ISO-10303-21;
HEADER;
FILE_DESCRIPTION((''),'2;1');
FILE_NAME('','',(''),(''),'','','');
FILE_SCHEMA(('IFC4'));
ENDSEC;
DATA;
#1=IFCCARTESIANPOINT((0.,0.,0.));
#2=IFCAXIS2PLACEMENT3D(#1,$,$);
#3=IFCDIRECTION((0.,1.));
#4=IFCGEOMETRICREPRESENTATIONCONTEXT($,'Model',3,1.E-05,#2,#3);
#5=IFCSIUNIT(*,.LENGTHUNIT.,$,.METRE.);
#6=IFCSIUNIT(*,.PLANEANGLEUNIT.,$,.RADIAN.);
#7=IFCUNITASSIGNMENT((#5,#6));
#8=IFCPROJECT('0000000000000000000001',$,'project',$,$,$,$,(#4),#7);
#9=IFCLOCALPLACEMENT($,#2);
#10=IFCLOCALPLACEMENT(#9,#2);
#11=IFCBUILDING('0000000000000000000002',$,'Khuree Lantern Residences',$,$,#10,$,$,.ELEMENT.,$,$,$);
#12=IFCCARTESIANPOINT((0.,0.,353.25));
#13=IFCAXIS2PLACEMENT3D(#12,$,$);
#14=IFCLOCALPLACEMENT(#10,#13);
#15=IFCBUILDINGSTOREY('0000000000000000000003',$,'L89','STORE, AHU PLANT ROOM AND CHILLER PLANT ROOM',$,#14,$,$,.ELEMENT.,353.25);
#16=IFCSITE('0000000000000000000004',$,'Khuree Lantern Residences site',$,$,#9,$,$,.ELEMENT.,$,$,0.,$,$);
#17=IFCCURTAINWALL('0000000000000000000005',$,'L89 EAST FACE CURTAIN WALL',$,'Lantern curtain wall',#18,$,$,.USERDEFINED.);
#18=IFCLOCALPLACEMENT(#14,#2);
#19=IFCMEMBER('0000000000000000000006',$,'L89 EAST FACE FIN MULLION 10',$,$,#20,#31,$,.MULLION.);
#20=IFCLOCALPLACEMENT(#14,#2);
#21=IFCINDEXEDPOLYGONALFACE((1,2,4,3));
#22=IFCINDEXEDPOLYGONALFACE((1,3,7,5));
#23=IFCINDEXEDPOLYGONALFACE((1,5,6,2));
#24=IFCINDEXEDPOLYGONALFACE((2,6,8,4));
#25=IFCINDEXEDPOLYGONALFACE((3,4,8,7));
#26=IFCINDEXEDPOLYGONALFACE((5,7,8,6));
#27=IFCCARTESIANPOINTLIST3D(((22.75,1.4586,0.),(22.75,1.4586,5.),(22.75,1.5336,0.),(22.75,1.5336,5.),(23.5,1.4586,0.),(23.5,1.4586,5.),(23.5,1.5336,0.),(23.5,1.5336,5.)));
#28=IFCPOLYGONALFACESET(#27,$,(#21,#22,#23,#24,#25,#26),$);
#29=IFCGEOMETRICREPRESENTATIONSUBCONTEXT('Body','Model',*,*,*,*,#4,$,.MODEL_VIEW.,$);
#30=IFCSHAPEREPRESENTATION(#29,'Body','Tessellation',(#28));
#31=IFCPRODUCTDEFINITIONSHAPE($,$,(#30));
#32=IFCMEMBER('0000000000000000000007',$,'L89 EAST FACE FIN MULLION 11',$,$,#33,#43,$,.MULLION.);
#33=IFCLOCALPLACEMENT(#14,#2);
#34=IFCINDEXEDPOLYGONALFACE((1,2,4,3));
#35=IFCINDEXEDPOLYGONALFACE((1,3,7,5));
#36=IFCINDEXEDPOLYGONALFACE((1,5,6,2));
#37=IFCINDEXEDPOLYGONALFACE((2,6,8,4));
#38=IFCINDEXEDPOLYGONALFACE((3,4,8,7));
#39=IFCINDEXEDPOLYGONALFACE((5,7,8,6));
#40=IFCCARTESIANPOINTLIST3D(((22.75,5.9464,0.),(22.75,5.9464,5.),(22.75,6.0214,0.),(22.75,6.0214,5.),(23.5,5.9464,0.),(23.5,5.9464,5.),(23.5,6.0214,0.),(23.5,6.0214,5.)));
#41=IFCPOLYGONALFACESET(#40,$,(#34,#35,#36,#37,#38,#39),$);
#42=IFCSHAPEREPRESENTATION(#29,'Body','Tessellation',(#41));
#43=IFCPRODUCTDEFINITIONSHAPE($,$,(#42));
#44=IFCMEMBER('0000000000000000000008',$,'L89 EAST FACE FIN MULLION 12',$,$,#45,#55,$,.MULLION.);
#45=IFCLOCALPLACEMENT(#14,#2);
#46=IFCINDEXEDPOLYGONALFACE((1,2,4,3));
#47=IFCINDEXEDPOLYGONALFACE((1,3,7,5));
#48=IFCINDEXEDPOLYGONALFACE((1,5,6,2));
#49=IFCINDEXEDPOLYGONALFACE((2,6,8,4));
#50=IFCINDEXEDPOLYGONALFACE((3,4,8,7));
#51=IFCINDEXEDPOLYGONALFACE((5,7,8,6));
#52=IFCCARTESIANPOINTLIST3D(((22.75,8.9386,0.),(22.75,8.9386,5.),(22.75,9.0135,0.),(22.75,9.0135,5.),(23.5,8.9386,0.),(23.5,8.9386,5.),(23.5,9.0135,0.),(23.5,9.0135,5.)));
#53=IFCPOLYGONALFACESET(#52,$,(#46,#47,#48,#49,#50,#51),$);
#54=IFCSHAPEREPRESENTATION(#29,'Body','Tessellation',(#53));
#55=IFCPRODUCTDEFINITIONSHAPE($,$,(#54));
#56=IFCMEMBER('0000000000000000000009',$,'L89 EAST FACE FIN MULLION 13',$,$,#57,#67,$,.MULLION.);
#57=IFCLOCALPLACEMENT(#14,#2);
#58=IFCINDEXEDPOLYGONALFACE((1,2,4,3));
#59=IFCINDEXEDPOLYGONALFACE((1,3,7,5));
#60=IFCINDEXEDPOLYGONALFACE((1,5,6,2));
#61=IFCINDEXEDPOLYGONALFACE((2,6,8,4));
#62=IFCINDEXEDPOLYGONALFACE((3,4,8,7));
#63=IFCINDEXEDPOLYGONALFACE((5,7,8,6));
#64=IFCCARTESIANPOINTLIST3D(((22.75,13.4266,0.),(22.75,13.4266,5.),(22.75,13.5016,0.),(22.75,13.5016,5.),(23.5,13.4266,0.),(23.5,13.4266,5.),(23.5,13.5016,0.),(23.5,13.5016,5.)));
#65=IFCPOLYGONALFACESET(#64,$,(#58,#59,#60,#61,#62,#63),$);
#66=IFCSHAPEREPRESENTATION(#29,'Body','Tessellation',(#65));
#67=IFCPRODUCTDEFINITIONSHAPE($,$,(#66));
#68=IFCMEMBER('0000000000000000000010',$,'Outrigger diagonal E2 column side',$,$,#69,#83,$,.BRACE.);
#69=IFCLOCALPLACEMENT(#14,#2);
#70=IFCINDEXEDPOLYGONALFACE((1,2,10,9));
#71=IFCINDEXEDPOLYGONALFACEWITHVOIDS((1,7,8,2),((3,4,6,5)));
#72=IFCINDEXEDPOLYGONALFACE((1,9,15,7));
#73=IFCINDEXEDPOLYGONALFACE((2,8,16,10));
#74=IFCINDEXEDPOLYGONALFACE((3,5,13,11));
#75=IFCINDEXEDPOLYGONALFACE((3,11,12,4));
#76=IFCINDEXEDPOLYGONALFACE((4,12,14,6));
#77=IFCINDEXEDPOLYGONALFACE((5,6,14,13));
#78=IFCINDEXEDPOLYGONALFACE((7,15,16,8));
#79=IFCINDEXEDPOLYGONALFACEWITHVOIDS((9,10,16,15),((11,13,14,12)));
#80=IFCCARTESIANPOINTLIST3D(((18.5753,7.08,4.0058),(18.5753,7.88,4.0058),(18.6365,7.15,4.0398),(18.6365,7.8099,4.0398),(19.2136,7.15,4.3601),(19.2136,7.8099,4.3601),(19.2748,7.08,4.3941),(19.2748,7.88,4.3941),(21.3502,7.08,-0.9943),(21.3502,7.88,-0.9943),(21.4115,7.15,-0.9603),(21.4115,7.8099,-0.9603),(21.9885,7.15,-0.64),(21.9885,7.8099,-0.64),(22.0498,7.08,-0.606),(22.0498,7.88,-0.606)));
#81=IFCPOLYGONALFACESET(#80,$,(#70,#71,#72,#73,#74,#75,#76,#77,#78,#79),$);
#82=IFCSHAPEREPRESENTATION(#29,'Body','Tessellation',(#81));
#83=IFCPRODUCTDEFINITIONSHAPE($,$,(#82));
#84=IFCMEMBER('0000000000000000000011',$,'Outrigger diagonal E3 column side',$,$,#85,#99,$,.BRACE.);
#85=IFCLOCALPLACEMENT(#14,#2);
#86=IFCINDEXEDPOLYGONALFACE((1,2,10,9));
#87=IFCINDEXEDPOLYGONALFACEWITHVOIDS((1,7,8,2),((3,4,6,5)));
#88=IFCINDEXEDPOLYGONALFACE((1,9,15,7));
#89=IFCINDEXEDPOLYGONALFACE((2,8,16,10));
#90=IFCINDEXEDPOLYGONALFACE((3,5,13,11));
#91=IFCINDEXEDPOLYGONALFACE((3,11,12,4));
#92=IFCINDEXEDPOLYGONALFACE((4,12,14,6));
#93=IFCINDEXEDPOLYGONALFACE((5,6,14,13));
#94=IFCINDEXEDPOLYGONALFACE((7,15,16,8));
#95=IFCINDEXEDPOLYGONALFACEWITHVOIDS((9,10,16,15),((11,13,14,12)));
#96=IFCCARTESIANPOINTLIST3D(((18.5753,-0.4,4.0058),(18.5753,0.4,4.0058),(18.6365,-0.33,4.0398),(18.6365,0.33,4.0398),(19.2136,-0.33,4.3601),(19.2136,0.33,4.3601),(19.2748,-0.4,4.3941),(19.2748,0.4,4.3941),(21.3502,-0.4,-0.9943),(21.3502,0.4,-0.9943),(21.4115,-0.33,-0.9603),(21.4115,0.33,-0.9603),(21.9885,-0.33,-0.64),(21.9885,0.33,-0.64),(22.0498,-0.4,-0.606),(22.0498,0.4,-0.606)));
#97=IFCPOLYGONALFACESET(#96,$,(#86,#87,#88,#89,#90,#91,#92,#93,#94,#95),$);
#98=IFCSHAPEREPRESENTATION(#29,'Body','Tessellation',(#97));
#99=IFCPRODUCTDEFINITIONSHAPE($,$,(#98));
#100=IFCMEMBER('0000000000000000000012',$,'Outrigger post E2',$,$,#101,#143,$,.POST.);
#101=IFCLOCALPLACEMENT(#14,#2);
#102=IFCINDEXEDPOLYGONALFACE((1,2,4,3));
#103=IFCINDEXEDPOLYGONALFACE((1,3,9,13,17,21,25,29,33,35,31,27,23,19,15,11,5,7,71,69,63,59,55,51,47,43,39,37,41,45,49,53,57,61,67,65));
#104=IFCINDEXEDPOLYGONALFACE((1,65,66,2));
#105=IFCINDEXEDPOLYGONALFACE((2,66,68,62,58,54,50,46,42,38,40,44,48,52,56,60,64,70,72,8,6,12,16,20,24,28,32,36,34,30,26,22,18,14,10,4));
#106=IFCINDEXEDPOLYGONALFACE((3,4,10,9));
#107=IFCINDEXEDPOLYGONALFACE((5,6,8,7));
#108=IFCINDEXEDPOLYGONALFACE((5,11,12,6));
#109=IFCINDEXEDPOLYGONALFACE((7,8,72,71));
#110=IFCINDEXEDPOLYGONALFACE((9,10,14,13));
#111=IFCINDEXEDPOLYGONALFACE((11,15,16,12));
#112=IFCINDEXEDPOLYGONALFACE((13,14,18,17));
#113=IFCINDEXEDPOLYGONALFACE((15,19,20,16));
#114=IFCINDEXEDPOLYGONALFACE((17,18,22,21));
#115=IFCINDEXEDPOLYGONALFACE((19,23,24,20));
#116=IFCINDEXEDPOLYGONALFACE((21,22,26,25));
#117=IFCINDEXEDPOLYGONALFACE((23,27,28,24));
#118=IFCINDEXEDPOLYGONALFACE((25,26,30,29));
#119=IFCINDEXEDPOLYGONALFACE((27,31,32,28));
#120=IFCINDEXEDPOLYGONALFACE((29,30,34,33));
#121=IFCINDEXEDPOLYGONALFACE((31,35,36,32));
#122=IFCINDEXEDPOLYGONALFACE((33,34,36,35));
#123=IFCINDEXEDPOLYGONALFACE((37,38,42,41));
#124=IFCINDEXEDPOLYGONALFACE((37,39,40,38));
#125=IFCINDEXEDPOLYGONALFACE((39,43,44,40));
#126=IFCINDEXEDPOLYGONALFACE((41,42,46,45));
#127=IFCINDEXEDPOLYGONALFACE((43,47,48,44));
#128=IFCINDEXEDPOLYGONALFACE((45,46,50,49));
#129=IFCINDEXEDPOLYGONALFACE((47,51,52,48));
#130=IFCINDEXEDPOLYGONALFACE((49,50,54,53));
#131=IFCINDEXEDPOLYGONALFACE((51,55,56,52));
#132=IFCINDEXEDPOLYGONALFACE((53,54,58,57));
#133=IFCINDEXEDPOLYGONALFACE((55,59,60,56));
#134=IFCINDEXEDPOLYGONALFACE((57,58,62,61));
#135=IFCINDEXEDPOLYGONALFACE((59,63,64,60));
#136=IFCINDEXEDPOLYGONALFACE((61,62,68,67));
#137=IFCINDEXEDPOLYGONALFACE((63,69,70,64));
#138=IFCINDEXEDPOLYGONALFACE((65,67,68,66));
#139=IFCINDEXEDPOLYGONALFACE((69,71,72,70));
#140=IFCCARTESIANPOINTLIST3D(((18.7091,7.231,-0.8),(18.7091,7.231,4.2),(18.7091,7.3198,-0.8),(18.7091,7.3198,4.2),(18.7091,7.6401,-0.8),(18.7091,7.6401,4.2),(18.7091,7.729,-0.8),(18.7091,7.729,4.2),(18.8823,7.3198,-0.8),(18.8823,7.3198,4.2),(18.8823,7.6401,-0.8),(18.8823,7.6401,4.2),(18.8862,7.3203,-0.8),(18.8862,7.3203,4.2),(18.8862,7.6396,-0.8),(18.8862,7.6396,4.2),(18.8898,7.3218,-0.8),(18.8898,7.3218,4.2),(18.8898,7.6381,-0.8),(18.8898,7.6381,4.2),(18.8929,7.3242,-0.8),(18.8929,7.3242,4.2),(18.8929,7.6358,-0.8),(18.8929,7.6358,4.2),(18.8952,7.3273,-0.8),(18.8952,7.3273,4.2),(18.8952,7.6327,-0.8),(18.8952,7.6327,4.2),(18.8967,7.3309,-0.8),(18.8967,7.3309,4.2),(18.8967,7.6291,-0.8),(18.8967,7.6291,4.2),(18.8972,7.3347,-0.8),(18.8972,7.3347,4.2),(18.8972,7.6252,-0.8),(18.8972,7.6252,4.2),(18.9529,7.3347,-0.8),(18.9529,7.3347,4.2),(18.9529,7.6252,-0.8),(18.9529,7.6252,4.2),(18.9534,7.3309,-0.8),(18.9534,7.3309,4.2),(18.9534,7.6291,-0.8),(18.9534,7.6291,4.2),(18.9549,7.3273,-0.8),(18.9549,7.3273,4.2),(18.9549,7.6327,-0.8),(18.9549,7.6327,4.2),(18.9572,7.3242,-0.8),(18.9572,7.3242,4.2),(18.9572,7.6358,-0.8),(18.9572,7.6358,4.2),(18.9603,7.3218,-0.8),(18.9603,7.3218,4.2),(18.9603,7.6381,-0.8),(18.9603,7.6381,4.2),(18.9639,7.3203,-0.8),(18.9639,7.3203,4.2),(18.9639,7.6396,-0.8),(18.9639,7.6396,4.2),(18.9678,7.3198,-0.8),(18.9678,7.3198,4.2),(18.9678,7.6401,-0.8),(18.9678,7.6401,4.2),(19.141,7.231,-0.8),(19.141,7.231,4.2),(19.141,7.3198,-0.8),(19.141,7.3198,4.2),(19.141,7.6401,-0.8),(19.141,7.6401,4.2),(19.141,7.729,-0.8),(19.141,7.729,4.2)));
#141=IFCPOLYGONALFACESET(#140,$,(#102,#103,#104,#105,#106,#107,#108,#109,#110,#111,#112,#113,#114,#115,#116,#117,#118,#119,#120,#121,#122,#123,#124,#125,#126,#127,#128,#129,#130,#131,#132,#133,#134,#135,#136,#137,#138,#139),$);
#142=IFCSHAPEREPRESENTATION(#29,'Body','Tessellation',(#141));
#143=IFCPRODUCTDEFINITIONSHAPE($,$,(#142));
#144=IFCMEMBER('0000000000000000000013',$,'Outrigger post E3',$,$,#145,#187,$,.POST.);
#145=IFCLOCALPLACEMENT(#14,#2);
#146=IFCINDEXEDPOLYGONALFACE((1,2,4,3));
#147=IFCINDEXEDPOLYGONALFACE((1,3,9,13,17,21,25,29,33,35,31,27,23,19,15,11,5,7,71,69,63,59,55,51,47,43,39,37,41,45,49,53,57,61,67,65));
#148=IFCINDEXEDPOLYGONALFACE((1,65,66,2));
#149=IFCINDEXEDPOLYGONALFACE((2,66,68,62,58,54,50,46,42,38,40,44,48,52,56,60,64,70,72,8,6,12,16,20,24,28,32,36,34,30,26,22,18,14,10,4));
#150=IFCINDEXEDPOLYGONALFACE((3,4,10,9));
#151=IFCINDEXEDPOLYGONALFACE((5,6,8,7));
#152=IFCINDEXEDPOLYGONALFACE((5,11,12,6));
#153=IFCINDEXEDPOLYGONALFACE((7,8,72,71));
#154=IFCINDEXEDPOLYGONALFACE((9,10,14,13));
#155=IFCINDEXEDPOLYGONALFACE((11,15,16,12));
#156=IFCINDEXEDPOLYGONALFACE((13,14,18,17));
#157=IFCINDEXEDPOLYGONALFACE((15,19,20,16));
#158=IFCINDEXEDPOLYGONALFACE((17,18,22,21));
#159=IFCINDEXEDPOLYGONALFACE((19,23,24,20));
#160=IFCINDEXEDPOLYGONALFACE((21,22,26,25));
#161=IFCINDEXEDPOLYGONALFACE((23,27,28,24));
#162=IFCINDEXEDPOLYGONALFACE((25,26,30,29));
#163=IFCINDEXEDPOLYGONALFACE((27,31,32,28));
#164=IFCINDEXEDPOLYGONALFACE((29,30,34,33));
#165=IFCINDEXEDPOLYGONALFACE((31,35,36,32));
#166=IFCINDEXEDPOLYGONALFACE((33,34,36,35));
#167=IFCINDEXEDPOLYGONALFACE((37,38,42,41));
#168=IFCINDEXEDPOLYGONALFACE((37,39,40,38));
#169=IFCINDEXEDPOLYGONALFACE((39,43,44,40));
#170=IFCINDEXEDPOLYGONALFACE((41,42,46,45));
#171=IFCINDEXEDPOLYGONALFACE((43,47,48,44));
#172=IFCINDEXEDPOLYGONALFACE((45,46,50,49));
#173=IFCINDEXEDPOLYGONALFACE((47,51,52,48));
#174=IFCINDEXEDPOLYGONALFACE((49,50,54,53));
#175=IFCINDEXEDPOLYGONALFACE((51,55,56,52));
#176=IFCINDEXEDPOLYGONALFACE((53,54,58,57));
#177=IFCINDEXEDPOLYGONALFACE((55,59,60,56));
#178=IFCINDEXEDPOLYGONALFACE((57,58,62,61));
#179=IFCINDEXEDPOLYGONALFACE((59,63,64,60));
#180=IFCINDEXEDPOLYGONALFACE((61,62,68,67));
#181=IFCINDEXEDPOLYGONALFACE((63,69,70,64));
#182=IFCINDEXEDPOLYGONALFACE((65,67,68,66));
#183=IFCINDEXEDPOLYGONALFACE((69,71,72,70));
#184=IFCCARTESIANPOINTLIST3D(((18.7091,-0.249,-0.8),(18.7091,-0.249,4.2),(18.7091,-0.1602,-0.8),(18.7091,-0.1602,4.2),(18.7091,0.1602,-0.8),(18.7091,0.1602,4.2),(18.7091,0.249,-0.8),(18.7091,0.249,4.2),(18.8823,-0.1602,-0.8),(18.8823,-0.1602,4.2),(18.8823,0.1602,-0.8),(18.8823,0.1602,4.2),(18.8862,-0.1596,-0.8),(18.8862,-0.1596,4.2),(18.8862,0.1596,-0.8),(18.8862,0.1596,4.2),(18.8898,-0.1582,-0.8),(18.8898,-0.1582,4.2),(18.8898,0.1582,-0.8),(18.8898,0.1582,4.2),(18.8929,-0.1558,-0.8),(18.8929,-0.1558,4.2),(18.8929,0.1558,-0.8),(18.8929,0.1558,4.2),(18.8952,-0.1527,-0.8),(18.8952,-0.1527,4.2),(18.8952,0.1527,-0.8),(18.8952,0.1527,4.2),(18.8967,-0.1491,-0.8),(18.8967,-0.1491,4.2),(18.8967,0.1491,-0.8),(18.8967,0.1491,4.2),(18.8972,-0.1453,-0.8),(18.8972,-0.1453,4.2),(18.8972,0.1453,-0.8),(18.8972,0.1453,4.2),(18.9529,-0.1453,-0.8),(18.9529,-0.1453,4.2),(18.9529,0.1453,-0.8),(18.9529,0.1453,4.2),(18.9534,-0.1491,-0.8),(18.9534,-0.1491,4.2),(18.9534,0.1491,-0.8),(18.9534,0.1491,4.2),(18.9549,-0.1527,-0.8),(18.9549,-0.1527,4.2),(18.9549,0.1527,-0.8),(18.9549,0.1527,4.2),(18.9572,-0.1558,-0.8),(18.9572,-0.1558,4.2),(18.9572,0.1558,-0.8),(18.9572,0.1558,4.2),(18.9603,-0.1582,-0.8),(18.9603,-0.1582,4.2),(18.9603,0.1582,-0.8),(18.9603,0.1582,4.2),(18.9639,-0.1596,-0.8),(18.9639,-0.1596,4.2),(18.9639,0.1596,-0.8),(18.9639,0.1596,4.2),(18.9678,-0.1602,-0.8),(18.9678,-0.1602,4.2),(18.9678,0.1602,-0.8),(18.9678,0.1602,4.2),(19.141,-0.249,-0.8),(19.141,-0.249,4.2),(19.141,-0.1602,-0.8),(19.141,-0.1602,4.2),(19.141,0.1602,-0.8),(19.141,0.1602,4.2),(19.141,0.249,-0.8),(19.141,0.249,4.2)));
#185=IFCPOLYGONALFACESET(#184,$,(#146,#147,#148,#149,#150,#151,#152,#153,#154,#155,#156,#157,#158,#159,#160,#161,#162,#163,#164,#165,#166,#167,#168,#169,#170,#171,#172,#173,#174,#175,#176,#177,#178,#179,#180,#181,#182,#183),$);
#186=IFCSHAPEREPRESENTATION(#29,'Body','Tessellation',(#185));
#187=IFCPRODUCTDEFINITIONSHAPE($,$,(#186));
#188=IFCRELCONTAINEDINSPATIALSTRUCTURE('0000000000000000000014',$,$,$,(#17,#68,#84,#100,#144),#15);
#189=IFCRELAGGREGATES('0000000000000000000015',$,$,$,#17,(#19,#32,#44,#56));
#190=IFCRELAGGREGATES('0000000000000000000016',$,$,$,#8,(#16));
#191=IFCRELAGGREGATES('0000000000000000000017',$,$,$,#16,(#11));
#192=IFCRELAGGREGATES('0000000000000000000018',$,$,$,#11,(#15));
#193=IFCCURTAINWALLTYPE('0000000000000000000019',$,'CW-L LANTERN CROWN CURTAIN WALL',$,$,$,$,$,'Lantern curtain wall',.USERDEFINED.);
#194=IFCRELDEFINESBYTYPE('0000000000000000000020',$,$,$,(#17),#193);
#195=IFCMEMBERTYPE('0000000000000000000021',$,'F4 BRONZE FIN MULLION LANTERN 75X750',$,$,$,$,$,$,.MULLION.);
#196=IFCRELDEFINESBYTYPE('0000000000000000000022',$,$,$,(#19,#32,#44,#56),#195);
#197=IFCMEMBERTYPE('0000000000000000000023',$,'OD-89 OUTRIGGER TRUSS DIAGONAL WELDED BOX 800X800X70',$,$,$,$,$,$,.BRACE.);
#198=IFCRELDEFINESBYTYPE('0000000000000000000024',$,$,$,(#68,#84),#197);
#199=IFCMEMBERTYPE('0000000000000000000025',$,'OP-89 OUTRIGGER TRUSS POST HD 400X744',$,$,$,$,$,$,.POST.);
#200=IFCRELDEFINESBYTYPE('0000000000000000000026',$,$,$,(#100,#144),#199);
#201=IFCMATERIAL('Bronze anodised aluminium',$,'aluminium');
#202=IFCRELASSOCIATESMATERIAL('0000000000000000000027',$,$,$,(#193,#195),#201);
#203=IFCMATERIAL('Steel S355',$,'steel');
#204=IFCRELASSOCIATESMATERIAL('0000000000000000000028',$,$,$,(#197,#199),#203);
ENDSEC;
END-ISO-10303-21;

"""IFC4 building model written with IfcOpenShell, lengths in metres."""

from ifc_helpers import new_model, si_unit, direction, frame, origin, origin_2d, place, context, subcontext, project, spatial, rectangle, hollow_rectangle, i_section, extrude, material, material_profile, profile_set, type_object, element, aggregate, save


model = new_model("IFC4")

# Units and contexts
model_context = context("Model", 3, precision=1e-05, world=origin(), true_north=direction((0.0, 1.0)))
body_context = subcontext(model_context, "Body", "Model", "MODEL_VIEW")
ifc_project = project(units=[si_unit("LENGTHUNIT", "METRE"), si_unit("PLANEANGLEUNIT", "RADIAN")], contexts=[model_context])

# Site, building, storey
site_placement = place(None, origin())
site = spatial("IfcSite", under=ifc_project, at=site_placement, Name="Khuree Lantern Residences site", CompositionType="ELEMENT", RefElevation=0.0)
building_placement = place(site_placement, origin())
building = spatial("IfcBuilding", under=site, at=building_placement, Name="Khuree Lantern Residences", CompositionType="ELEMENT")
storey_placement = place(building_placement, frame((0.0, 0.0, 353.25)))
storey = spatial("IfcBuildingStorey", under=building, at=storey_placement, Name="L89", Description="STORE, AHU PLANT ROOM AND CHILLER PLANT ROOM", CompositionType="ELEMENT", Elevation=353.25)

# Shared definitions
ifc_material_1 = material(Name="Steel S355", Category="steel")

# Curtain wall, members
ifc_material_2 = material(Name="Bronze anodised aluminium", Category="aluminium")
curtain_wall_type = type_object("IfcCurtainWallType", Name="CW-L LANTERN CROWN CURTAIN WALL", ElementType="Lantern curtain wall", PredefinedType="USERDEFINED", material=ifc_material_2)
curtain_wall_placement = place(storey_placement, origin())
curtain_wall = element("IfcCurtainWall", 1, at=curtain_wall_placement, inside=storey, type_object=curtain_wall_type, Name="L89 EAST FACE CURTAIN WALL", ObjectType="Lantern curtain wall", PredefinedType="USERDEFINED")
ifc_material_profile_1 = material_profile(ifc_material_2, rectangle(XDim=0.075, YDim=0.75, at=origin_2d()), Name="F4 75X750")
ifc_profile_set_1 = profile_set([ifc_material_profile_1], Name="Bronze anodised aluminium")
member_type_1 = type_object("IfcMemberType", Name="F4 BRONZE FIN MULLION LANTERN 75X750", PredefinedType="MULLION", material=ifc_profile_set_1)
member_1_placement = place(storey_placement, frame((23.125, 1.4961, 0.0), z_axis=(0.0, 0.0, 1.0), x_axis=(0.0, 1.0, 0.0)))
member_1 = element("IfcMember", 2, at=member_1_placement, type_object=member_type_1, Name="L89 EAST FACE FIN MULLION 10", PredefinedType="MULLION", context=body_context, shape_type="SweptSolid", body=[
    extrude(rectangle(XDim=0.075, YDim=0.75, at=origin_2d()), origin(), (0.0, 0.0, 1.0), 5.0),
])
member_2_placement = place(storey_placement, frame((23.125, 5.9839, 0.0), z_axis=(0.0, 0.0, 1.0), x_axis=(0.0, 1.0, 0.0)))
member_2 = element("IfcMember", 3, at=member_2_placement, type_object=member_type_1, Name="L89 EAST FACE FIN MULLION 11", PredefinedType="MULLION", context=body_context, shape_type="SweptSolid", body=[
    extrude(rectangle(XDim=0.075, YDim=0.75, at=origin_2d()), origin(), (0.0, 0.0, 1.0), 5.0),
])
member_3_placement = place(storey_placement, frame((23.125, 8.9761, 0.0), z_axis=(0.0, 0.0, 1.0), x_axis=(0.0, 1.0, 0.0)))
member_3 = element("IfcMember", 4, at=member_3_placement, type_object=member_type_1, Name="L89 EAST FACE FIN MULLION 12", PredefinedType="MULLION", context=body_context, shape_type="SweptSolid", body=[
    extrude(rectangle(XDim=0.075, YDim=0.75, at=origin_2d()), origin(), (0.0, 0.0, 1.0), 5.0),
])
member_4_placement = place(storey_placement, frame((23.125, 13.4641, 0.0), z_axis=(0.0, 0.0, 1.0), x_axis=(0.0, 1.0, 0.0)))
member_4 = element("IfcMember", 5, at=member_4_placement, type_object=member_type_1, Name="L89 EAST FACE FIN MULLION 13", PredefinedType="MULLION", context=body_context, shape_type="SweptSolid", body=[
    extrude(rectangle(XDim=0.075, YDim=0.75, at=origin_2d()), origin(), (0.0, 0.0, 1.0), 5.0),
])

# Members
ifc_material_profile_2 = material_profile(ifc_material_1, hollow_rectangle(XDim=0.8, YDim=0.8, WallThickness=0.0701, at=origin_2d()), Name="WELDED BOX 800X800X70")
ifc_profile_set_2 = profile_set([ifc_material_profile_2], Name="Steel S355")
member_type_2 = type_object("IfcMemberType", Name="OD-89 OUTRIGGER TRUSS DIAGONAL WELDED BOX 800X800X70", PredefinedType="BRACE", material=ifc_profile_set_2)
for number, where, z_axis, x_axis, name in (
    (6, (18.925, 7.48, 4.2), (0.485259, 0.0, -0.874371), (0.0, 1.0, 0.0), "Outrigger diagonal E2 column side"),
    (7, (18.925, 0.0, 4.2), (0.485259, 0.0, -0.874371), (0.0, 1.0, 0.0), "Outrigger diagonal E3 column side"),
):
    element("IfcMember", number, at=place(storey_placement, frame(where, z_axis=z_axis, x_axis=x_axis)), inside=storey, type_object=member_type_2, Name=name, PredefinedType="BRACE", context=body_context, shape_type="SweptSolid", body=[
        extrude(hollow_rectangle(XDim=0.8, YDim=0.8, WallThickness=0.0701, at=origin_2d()), origin(), (0.0, 0.0, 1.0), 5.7185),
    ])
ifc_material_profile_3 = material_profile(ifc_material_1, i_section(OverallWidth=0.4319, OverallDepth=0.498, WebThickness=0.0557, FlangeThickness=0.0889, FilletRadius=0.0149, at=origin_2d()), Name="HD 400X744")
ifc_profile_set_3 = profile_set([ifc_material_profile_3], Name="Steel S355")
member_type_3 = type_object("IfcMemberType", Name="OP-89 OUTRIGGER TRUSS POST HD 400X744", PredefinedType="POST", material=ifc_profile_set_3)
for number, where, z_axis, x_axis, name in (
    (8, (18.925, 7.48, -0.8), (0.0, 0.0, 1.0), (1.0, 0.0, 0.0), "Outrigger post E2"),
    (9, (18.925, 0.0, -0.8), (0.0, 0.0, 1.0), (1.0, 0.0, 0.0), "Outrigger post E3"),
):
    element("IfcMember", number, at=place(storey_placement, frame(where, z_axis=z_axis, x_axis=x_axis)), inside=storey, type_object=member_type_3, Name=name, PredefinedType="POST", context=body_context, shape_type="SweptSolid", body=[
        extrude(i_section(OverallWidth=0.4319, OverallDepth=0.498, WebThickness=0.0557, FlangeThickness=0.0889, FilletRadius=0.0149, at=origin_2d()), origin(), (0.0, 0.0, 1.0), 5.0),
    ])

aggregate(curtain_wall, [member_1, member_2, member_3, member_4])

save(model, "model.ifc")
